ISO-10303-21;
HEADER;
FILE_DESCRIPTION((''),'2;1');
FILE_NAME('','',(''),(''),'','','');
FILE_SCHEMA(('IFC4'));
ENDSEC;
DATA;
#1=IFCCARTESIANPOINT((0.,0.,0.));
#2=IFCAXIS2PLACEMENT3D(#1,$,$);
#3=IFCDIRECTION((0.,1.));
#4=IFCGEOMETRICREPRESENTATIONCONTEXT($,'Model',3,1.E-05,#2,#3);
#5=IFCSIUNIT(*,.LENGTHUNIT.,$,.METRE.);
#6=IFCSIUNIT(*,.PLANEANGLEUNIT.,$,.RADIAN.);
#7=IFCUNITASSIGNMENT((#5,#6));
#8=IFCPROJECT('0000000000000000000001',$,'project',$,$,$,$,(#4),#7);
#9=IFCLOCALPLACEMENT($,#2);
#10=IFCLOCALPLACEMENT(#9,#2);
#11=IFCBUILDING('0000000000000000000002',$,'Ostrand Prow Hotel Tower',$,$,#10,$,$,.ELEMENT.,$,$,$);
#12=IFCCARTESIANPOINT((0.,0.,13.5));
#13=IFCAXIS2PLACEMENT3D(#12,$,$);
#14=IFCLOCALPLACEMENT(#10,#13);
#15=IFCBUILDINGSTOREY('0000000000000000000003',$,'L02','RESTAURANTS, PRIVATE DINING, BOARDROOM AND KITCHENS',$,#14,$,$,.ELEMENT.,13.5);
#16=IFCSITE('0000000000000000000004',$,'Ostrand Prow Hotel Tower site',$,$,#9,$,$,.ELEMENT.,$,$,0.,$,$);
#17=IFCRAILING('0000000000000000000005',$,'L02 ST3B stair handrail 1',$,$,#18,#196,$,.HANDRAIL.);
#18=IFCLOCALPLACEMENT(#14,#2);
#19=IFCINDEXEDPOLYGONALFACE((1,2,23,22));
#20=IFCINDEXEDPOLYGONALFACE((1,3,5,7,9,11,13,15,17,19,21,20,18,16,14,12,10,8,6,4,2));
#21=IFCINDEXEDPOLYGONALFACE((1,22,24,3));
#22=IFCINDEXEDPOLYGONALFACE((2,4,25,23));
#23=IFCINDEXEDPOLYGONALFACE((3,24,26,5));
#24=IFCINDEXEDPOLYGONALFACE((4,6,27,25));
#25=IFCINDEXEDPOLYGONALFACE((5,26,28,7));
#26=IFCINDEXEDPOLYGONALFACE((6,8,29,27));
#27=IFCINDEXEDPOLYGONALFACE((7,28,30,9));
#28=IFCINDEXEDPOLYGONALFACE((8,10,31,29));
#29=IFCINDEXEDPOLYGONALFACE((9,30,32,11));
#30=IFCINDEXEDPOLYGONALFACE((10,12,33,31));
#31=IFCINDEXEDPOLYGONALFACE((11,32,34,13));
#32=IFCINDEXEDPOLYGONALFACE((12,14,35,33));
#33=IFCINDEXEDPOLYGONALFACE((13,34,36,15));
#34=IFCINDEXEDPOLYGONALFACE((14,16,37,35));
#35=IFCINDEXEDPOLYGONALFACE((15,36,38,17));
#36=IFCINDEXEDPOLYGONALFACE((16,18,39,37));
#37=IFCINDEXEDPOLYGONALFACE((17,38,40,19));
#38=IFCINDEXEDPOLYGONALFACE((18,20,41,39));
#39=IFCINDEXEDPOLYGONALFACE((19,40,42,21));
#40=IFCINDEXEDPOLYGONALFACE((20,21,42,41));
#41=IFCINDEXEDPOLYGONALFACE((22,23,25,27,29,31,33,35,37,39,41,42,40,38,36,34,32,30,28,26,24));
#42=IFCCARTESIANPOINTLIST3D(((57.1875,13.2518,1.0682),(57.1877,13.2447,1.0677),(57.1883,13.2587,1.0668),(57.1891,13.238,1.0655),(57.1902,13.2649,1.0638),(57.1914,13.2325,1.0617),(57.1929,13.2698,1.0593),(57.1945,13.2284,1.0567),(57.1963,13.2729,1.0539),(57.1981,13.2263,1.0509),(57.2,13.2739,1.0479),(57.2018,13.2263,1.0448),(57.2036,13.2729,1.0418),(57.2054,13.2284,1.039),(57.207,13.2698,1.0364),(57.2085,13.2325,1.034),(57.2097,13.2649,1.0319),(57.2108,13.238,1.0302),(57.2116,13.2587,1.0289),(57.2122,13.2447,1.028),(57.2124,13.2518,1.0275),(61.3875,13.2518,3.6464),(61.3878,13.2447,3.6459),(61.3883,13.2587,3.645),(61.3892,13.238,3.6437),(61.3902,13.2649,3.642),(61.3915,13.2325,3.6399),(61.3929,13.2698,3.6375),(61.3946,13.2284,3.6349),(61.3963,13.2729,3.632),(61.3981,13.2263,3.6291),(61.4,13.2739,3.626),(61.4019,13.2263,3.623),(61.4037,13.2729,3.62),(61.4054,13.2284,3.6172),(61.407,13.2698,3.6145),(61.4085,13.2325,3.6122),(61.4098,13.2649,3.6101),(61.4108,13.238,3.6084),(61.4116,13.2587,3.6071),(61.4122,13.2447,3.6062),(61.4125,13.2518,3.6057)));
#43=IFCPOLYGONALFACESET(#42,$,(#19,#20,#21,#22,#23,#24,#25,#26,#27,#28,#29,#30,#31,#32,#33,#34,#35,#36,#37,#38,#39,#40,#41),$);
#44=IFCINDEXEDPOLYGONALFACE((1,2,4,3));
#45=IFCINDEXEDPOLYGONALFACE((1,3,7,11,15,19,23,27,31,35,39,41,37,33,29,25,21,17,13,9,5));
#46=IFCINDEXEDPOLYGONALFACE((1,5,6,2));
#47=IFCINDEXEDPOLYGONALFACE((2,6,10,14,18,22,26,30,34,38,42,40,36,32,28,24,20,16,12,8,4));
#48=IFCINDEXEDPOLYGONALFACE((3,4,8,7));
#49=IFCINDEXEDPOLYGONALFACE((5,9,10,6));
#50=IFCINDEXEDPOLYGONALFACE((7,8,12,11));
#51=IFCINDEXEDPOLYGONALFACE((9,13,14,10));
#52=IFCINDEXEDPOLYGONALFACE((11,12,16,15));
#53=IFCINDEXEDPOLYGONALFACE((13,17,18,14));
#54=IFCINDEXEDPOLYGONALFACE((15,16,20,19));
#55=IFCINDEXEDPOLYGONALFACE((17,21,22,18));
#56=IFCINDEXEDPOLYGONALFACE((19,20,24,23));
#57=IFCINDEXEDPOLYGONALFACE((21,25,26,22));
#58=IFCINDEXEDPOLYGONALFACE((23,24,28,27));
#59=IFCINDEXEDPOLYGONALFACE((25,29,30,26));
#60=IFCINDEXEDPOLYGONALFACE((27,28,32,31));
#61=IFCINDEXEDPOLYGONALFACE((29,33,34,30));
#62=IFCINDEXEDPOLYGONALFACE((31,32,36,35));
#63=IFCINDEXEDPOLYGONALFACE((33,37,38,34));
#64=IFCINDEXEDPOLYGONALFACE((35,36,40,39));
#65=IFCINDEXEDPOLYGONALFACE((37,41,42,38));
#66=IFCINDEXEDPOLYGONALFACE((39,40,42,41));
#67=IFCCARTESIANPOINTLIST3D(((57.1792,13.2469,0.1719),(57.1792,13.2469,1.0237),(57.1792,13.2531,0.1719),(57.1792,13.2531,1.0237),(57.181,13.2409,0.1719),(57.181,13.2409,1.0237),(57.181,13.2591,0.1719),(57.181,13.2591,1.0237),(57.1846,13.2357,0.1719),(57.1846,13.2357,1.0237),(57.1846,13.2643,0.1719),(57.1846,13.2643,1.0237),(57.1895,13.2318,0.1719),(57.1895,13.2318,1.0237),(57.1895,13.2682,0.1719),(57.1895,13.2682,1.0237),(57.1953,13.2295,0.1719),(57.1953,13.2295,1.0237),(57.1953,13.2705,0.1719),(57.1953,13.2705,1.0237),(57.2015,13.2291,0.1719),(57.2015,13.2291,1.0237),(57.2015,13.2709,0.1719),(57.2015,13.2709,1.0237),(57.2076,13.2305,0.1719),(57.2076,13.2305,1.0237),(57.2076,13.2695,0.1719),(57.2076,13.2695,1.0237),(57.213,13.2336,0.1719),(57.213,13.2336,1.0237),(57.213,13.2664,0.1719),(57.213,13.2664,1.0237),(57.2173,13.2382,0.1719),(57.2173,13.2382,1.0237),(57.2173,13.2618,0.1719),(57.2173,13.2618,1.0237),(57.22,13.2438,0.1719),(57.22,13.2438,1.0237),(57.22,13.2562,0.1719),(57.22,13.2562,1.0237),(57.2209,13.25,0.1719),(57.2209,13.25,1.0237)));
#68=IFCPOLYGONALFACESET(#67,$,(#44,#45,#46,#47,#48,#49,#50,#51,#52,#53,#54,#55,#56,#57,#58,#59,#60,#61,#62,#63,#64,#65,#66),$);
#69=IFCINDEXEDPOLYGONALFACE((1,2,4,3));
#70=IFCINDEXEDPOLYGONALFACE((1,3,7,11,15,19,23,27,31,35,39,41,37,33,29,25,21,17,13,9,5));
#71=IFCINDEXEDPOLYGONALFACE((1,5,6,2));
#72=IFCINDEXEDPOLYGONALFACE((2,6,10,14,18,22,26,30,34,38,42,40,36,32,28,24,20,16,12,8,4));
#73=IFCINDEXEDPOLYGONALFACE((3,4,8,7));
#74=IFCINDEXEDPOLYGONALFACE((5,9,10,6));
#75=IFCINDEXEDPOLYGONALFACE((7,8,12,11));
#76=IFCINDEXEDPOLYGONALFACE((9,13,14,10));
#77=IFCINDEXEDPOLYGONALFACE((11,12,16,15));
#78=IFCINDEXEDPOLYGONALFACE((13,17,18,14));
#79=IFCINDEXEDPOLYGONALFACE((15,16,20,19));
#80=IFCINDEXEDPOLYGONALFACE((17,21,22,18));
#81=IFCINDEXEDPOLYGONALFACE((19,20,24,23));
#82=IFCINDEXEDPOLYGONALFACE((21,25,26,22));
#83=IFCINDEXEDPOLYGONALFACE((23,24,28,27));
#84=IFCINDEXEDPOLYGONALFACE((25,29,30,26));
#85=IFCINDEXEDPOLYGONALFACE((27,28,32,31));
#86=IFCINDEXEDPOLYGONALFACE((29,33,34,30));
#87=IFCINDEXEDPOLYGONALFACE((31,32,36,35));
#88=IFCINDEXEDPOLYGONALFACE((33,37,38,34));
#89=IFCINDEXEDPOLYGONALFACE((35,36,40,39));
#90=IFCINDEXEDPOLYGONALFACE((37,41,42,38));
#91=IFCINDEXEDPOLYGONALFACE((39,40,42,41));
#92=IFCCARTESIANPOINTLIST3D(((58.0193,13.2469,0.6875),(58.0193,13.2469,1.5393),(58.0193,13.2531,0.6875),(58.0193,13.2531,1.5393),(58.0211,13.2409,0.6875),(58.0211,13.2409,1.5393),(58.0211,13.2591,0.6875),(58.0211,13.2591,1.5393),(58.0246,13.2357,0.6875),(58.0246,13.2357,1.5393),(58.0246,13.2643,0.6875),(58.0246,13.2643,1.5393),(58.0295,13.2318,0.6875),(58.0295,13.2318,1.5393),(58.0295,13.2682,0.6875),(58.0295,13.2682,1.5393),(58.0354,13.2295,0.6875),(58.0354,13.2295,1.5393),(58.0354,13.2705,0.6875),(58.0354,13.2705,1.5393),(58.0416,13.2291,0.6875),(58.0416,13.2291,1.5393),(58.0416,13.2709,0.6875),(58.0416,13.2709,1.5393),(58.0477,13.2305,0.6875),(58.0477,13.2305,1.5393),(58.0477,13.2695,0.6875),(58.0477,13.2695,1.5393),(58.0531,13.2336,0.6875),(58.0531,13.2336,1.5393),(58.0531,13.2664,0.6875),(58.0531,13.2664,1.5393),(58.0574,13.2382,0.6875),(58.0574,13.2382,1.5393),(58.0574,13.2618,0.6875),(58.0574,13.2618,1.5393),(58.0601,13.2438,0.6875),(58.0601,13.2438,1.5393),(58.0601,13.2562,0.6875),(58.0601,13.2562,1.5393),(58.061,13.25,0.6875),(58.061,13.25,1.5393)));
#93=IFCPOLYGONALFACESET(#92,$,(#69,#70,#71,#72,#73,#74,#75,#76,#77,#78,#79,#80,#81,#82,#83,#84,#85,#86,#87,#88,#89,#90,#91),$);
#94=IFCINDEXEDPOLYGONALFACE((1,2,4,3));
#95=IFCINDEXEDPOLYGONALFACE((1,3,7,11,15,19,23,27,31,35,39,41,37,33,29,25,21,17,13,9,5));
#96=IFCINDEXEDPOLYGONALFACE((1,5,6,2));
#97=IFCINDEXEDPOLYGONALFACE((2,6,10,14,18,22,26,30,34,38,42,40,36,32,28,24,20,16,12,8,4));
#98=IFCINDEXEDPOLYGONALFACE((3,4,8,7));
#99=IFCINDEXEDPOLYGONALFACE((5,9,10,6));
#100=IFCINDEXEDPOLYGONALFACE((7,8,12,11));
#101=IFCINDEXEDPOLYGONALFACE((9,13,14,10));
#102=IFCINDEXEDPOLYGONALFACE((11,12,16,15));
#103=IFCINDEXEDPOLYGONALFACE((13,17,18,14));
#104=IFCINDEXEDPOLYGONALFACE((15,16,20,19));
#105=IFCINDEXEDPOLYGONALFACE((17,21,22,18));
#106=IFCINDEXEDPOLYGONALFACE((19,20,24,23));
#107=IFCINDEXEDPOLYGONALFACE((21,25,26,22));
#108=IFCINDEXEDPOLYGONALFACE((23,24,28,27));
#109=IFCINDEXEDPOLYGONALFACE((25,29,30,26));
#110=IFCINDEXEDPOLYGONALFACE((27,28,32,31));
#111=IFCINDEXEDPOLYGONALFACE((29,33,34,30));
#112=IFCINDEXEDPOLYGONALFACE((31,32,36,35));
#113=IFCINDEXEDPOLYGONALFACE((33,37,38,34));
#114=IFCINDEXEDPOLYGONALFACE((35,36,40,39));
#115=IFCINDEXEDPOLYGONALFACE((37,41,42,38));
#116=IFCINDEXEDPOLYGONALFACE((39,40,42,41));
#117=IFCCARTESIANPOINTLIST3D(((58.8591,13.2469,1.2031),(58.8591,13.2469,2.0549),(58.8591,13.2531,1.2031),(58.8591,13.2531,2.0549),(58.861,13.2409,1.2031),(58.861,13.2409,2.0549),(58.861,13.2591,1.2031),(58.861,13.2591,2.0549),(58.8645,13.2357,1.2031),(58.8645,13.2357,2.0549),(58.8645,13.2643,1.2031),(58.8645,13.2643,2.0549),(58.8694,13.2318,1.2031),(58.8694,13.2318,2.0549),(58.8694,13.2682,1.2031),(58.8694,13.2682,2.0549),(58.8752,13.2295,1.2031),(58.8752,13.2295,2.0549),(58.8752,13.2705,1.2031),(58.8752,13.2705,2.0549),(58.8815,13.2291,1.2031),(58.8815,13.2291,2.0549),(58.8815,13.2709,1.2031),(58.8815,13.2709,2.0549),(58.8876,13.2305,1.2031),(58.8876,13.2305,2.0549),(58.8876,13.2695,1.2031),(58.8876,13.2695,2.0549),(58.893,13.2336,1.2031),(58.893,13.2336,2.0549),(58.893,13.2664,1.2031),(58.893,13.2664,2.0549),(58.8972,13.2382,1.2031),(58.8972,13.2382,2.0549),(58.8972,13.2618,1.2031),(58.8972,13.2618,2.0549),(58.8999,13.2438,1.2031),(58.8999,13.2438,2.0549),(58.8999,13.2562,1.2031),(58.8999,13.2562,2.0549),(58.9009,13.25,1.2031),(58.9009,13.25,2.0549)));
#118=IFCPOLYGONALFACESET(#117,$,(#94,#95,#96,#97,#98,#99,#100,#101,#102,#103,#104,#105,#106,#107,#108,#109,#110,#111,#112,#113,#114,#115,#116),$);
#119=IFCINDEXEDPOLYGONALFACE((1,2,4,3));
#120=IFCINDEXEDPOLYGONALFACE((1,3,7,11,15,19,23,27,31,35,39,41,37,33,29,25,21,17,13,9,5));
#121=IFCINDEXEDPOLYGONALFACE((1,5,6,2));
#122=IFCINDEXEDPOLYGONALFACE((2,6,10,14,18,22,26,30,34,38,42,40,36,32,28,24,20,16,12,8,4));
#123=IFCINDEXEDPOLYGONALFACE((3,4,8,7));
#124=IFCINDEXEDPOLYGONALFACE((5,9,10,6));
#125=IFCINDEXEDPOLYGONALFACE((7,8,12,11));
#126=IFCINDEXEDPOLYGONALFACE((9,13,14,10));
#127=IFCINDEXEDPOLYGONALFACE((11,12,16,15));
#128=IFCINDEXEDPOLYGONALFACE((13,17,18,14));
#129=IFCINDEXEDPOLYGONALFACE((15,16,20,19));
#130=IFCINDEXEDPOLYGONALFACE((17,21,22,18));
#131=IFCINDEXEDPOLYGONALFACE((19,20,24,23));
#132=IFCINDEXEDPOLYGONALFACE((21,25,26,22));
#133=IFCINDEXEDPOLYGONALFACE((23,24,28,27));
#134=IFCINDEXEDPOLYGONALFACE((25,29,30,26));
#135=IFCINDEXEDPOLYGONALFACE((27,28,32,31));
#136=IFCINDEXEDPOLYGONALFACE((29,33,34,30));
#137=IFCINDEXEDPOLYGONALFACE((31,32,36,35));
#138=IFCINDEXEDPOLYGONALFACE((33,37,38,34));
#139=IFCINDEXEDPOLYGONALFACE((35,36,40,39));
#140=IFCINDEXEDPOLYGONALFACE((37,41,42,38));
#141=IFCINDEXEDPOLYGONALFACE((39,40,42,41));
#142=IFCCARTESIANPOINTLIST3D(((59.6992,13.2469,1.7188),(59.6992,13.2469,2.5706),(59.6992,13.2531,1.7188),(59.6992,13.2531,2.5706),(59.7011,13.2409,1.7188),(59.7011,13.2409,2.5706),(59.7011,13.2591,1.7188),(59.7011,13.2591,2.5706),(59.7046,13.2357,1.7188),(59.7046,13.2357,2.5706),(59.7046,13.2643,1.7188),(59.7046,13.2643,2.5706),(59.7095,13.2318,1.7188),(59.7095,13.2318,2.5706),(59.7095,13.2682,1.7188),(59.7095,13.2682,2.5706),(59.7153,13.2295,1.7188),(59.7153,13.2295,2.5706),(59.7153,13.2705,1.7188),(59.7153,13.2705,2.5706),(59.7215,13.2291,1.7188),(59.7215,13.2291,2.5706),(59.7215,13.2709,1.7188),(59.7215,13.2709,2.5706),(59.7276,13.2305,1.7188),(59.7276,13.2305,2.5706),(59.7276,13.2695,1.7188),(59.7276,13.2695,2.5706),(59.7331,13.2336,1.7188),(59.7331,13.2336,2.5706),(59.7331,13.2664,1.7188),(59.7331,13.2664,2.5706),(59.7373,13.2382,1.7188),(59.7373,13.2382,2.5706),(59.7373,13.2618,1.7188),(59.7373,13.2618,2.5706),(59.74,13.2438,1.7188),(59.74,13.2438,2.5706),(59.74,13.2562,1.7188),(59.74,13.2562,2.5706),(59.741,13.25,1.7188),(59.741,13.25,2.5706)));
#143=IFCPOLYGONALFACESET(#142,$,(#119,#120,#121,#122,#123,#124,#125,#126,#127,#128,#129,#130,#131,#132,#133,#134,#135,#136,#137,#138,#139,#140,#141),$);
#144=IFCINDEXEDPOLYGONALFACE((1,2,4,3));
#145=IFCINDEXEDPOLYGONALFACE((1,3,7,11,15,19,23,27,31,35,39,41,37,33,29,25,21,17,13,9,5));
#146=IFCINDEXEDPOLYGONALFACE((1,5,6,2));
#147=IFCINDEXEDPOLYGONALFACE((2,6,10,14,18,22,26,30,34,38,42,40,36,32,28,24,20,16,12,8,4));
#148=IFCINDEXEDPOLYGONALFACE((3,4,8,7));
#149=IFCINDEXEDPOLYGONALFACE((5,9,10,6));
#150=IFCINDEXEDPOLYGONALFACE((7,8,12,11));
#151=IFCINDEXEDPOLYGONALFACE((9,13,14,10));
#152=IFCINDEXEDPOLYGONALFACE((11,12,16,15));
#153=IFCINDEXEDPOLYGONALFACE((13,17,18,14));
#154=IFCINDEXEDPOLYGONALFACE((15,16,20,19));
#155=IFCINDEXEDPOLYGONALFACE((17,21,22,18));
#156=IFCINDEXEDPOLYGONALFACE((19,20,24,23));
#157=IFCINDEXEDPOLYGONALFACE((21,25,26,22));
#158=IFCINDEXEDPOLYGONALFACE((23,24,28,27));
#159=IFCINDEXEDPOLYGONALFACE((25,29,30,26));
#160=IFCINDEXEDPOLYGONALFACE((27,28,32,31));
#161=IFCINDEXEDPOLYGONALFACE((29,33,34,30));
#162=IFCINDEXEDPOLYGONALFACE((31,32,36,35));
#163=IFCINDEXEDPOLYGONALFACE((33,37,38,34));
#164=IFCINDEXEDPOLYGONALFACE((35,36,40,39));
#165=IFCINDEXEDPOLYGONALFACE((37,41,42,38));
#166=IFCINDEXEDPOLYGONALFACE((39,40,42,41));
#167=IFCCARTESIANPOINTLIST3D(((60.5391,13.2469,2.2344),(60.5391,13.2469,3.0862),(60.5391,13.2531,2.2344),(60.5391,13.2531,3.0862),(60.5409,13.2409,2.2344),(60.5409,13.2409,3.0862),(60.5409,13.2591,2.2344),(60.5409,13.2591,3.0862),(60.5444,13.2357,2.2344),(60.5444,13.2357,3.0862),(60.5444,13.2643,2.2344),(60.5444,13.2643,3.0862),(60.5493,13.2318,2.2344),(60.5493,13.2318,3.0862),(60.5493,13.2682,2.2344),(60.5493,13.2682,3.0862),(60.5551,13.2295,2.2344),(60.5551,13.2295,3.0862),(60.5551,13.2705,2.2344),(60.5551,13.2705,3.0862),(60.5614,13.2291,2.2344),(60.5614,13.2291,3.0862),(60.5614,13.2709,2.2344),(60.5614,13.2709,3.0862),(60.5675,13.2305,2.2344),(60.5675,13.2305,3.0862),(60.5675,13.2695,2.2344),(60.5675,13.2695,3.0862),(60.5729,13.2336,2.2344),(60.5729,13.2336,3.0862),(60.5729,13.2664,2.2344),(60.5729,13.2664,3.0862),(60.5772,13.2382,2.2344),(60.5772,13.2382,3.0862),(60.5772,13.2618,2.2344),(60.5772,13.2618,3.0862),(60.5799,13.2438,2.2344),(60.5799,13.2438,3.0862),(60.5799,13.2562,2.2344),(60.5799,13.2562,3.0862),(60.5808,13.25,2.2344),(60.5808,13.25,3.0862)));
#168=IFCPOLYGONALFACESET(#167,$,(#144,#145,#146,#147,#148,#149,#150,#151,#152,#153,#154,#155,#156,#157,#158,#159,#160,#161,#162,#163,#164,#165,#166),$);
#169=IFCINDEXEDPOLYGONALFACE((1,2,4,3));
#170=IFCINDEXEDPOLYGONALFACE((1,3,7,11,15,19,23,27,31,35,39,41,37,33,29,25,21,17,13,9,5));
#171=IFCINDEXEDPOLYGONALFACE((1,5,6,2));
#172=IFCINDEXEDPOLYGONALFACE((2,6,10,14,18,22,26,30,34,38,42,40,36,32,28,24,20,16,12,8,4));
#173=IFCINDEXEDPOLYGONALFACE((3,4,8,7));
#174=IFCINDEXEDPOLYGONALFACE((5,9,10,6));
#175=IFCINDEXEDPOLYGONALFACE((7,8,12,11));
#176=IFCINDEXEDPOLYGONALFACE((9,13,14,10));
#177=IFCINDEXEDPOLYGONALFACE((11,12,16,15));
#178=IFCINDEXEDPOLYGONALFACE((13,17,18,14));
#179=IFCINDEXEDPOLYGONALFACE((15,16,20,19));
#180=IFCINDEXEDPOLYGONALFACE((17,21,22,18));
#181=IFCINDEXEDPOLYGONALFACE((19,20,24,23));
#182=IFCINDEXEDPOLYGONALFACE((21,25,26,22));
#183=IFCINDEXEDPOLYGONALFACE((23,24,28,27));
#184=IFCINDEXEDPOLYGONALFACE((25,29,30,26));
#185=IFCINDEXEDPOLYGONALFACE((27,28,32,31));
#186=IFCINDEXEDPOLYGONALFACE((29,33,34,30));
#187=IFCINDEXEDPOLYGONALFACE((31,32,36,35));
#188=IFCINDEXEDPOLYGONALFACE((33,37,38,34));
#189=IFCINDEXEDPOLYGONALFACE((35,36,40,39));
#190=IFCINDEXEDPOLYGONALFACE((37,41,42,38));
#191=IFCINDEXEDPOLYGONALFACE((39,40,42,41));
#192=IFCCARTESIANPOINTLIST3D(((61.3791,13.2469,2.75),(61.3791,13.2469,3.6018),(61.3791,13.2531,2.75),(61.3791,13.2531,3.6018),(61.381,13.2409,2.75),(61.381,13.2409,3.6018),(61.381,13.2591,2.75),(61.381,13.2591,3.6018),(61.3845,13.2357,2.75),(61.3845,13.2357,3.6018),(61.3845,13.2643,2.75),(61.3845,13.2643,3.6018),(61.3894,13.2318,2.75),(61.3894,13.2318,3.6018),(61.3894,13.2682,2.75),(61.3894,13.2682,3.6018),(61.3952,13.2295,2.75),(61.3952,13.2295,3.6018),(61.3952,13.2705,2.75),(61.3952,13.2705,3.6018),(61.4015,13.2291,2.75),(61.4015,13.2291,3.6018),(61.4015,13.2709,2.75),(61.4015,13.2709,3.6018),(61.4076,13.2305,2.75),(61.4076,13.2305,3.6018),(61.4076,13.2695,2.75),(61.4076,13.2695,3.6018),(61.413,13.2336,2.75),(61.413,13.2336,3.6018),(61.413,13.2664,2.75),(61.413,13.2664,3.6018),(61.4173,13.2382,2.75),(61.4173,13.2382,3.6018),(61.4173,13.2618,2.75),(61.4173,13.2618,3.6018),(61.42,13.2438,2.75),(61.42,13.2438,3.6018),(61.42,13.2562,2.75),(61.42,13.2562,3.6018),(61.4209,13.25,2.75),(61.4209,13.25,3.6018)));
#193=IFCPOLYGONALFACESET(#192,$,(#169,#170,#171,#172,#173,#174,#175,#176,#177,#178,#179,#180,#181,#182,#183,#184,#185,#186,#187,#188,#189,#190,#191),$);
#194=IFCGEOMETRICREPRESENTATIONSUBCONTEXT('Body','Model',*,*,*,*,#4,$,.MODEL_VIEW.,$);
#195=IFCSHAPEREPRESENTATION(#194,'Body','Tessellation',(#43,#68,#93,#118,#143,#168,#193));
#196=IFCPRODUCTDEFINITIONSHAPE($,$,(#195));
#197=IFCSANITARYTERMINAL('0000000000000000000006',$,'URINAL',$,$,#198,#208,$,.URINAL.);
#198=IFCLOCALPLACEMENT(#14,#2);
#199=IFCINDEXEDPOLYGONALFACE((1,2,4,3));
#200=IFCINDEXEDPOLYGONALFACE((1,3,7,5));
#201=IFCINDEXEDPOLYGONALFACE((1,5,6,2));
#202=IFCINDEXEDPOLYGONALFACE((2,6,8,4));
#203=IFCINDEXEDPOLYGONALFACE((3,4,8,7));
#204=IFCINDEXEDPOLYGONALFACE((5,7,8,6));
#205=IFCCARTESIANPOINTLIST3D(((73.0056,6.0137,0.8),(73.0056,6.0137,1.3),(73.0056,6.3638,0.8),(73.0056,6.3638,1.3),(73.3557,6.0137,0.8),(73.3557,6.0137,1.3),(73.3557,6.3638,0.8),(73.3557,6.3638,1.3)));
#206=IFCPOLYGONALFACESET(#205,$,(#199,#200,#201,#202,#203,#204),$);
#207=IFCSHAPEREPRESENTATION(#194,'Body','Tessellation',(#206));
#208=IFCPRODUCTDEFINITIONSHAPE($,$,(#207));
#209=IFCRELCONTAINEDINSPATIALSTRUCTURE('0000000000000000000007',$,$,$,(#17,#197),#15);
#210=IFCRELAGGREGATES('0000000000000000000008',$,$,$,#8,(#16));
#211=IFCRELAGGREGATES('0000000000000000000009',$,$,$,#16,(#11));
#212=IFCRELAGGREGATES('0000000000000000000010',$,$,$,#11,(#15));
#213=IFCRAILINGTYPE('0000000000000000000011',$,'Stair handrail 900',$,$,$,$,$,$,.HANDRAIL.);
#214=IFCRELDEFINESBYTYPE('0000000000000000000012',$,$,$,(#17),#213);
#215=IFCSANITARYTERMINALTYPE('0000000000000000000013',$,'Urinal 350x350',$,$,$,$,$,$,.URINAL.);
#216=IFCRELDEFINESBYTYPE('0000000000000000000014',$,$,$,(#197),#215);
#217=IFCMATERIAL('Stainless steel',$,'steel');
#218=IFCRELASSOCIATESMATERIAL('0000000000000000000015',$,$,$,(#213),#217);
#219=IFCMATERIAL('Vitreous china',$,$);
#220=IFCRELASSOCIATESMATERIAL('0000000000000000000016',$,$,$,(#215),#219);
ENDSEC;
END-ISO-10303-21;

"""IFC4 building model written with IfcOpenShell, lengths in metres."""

from ifc_helpers import new_model, si_unit, direction, frame, origin, origin_2d, place, context, subcontext, project, spatial, rectangle, circle, extrude, material, type_object, element, save


model = new_model("IFC4")

# Units and contexts
model_context = context("Model", 3, precision=1e-05, world=origin(), true_north=direction((0.0, 1.0)))
body_context = subcontext(model_context, "Body", "Model", "MODEL_VIEW")
ifc_project = project(units=[si_unit("LENGTHUNIT", "METRE"), si_unit("PLANEANGLEUNIT", "RADIAN")], contexts=[model_context])

# Site, building, storey
site_placement = place(None, origin())
site = spatial("IfcSite", under=ifc_project, at=site_placement, Name="Ostrand Prow Hotel Tower site", CompositionType="ELEMENT", RefElevation=0.0)
building_placement = place(site_placement, origin())
building = spatial("IfcBuilding", under=site, at=building_placement, Name="Ostrand Prow Hotel Tower", CompositionType="ELEMENT")
storey_placement = place(building_placement, frame((0.0, 0.0, 13.5)))
storey = spatial("IfcBuildingStorey", under=building, at=storey_placement, Name="L02", Description="RESTAURANTS, PRIVATE DINING, BOARDROOM AND KITCHENS", CompositionType="ELEMENT", Elevation=13.5)

# Railing
ifc_material_1 = material(Name="Stainless steel", Category="steel")
railing_type_1 = type_object("IfcRailingType", Name="Stair handrail 900", PredefinedType="HANDRAIL", material=ifc_material_1)
railing_1_placement = place(storey_placement, frame((57.2, 13.25, 0.1719)))
element("IfcRailing", 1, at=railing_1_placement, inside=storey, type_object=railing_type_1, Name="L02 ST3B stair handrail 1", PredefinedType="HANDRAIL", context=body_context, shape_type="SweptSolid", body=[
    extrude(circle(Radius=0.0239, at=origin_2d()), frame((0.0, 0.0, 0.876), z_axis=(0.852243, 0.0, 0.523146), x_axis=(0.0, 1.0, 0.0)), (0.0, 0.0, 1.0), 4.9282),
    extrude(circle(Radius=0.021, at=origin_2d()), origin(), (0.0, 0.0, 1.0), 0.8518),
    extrude(circle(Radius=0.021, at=origin_2d()), frame((0.8401, 0.0, 0.5156)), (0.0, 0.0, 1.0), 0.8518),
    extrude(circle(Radius=0.021, at=origin_2d()), frame((1.6799, 0.0, 1.0312)), (0.0, 0.0, 1.0), 0.8518),
    extrude(circle(Radius=0.021, at=origin_2d()), frame((2.52, 0.0, 1.5469)), (0.0, 0.0, 1.0), 0.8518),
    extrude(circle(Radius=0.021, at=origin_2d()), frame((3.3599, 0.0, 2.0625)), (0.0, 0.0, 1.0), 0.8518),
    extrude(circle(Radius=0.021, at=origin_2d()), frame((4.2, 0.0, 2.5781)), (0.0, 0.0, 1.0), 0.8518),
])

# Sanitary terminal
ifc_material_2 = material(Name="Vitreous china")
sanitary_terminal_type_1 = type_object("IfcSanitaryTerminalType", Name="Urinal 350x350", PredefinedType="URINAL", material=ifc_material_2)
sanitary_terminal_1_placement = place(storey_placement, frame((73.1807, 6.1887, 0.8), z_axis=(0.0, 0.0, 1.0), x_axis=(1.0, 0.0, 0.0)))
element("IfcSanitaryTerminal", 2, at=sanitary_terminal_1_placement, inside=storey, type_object=sanitary_terminal_type_1, Name="URINAL", PredefinedType="URINAL", context=body_context, shape_type="SweptSolid", body=[
    extrude(rectangle(XDim=0.3501, YDim=0.3501, at=origin_2d()), origin(), (0.0, 0.0, 1.0), 0.5),
])

save(model, "model.ifc")
